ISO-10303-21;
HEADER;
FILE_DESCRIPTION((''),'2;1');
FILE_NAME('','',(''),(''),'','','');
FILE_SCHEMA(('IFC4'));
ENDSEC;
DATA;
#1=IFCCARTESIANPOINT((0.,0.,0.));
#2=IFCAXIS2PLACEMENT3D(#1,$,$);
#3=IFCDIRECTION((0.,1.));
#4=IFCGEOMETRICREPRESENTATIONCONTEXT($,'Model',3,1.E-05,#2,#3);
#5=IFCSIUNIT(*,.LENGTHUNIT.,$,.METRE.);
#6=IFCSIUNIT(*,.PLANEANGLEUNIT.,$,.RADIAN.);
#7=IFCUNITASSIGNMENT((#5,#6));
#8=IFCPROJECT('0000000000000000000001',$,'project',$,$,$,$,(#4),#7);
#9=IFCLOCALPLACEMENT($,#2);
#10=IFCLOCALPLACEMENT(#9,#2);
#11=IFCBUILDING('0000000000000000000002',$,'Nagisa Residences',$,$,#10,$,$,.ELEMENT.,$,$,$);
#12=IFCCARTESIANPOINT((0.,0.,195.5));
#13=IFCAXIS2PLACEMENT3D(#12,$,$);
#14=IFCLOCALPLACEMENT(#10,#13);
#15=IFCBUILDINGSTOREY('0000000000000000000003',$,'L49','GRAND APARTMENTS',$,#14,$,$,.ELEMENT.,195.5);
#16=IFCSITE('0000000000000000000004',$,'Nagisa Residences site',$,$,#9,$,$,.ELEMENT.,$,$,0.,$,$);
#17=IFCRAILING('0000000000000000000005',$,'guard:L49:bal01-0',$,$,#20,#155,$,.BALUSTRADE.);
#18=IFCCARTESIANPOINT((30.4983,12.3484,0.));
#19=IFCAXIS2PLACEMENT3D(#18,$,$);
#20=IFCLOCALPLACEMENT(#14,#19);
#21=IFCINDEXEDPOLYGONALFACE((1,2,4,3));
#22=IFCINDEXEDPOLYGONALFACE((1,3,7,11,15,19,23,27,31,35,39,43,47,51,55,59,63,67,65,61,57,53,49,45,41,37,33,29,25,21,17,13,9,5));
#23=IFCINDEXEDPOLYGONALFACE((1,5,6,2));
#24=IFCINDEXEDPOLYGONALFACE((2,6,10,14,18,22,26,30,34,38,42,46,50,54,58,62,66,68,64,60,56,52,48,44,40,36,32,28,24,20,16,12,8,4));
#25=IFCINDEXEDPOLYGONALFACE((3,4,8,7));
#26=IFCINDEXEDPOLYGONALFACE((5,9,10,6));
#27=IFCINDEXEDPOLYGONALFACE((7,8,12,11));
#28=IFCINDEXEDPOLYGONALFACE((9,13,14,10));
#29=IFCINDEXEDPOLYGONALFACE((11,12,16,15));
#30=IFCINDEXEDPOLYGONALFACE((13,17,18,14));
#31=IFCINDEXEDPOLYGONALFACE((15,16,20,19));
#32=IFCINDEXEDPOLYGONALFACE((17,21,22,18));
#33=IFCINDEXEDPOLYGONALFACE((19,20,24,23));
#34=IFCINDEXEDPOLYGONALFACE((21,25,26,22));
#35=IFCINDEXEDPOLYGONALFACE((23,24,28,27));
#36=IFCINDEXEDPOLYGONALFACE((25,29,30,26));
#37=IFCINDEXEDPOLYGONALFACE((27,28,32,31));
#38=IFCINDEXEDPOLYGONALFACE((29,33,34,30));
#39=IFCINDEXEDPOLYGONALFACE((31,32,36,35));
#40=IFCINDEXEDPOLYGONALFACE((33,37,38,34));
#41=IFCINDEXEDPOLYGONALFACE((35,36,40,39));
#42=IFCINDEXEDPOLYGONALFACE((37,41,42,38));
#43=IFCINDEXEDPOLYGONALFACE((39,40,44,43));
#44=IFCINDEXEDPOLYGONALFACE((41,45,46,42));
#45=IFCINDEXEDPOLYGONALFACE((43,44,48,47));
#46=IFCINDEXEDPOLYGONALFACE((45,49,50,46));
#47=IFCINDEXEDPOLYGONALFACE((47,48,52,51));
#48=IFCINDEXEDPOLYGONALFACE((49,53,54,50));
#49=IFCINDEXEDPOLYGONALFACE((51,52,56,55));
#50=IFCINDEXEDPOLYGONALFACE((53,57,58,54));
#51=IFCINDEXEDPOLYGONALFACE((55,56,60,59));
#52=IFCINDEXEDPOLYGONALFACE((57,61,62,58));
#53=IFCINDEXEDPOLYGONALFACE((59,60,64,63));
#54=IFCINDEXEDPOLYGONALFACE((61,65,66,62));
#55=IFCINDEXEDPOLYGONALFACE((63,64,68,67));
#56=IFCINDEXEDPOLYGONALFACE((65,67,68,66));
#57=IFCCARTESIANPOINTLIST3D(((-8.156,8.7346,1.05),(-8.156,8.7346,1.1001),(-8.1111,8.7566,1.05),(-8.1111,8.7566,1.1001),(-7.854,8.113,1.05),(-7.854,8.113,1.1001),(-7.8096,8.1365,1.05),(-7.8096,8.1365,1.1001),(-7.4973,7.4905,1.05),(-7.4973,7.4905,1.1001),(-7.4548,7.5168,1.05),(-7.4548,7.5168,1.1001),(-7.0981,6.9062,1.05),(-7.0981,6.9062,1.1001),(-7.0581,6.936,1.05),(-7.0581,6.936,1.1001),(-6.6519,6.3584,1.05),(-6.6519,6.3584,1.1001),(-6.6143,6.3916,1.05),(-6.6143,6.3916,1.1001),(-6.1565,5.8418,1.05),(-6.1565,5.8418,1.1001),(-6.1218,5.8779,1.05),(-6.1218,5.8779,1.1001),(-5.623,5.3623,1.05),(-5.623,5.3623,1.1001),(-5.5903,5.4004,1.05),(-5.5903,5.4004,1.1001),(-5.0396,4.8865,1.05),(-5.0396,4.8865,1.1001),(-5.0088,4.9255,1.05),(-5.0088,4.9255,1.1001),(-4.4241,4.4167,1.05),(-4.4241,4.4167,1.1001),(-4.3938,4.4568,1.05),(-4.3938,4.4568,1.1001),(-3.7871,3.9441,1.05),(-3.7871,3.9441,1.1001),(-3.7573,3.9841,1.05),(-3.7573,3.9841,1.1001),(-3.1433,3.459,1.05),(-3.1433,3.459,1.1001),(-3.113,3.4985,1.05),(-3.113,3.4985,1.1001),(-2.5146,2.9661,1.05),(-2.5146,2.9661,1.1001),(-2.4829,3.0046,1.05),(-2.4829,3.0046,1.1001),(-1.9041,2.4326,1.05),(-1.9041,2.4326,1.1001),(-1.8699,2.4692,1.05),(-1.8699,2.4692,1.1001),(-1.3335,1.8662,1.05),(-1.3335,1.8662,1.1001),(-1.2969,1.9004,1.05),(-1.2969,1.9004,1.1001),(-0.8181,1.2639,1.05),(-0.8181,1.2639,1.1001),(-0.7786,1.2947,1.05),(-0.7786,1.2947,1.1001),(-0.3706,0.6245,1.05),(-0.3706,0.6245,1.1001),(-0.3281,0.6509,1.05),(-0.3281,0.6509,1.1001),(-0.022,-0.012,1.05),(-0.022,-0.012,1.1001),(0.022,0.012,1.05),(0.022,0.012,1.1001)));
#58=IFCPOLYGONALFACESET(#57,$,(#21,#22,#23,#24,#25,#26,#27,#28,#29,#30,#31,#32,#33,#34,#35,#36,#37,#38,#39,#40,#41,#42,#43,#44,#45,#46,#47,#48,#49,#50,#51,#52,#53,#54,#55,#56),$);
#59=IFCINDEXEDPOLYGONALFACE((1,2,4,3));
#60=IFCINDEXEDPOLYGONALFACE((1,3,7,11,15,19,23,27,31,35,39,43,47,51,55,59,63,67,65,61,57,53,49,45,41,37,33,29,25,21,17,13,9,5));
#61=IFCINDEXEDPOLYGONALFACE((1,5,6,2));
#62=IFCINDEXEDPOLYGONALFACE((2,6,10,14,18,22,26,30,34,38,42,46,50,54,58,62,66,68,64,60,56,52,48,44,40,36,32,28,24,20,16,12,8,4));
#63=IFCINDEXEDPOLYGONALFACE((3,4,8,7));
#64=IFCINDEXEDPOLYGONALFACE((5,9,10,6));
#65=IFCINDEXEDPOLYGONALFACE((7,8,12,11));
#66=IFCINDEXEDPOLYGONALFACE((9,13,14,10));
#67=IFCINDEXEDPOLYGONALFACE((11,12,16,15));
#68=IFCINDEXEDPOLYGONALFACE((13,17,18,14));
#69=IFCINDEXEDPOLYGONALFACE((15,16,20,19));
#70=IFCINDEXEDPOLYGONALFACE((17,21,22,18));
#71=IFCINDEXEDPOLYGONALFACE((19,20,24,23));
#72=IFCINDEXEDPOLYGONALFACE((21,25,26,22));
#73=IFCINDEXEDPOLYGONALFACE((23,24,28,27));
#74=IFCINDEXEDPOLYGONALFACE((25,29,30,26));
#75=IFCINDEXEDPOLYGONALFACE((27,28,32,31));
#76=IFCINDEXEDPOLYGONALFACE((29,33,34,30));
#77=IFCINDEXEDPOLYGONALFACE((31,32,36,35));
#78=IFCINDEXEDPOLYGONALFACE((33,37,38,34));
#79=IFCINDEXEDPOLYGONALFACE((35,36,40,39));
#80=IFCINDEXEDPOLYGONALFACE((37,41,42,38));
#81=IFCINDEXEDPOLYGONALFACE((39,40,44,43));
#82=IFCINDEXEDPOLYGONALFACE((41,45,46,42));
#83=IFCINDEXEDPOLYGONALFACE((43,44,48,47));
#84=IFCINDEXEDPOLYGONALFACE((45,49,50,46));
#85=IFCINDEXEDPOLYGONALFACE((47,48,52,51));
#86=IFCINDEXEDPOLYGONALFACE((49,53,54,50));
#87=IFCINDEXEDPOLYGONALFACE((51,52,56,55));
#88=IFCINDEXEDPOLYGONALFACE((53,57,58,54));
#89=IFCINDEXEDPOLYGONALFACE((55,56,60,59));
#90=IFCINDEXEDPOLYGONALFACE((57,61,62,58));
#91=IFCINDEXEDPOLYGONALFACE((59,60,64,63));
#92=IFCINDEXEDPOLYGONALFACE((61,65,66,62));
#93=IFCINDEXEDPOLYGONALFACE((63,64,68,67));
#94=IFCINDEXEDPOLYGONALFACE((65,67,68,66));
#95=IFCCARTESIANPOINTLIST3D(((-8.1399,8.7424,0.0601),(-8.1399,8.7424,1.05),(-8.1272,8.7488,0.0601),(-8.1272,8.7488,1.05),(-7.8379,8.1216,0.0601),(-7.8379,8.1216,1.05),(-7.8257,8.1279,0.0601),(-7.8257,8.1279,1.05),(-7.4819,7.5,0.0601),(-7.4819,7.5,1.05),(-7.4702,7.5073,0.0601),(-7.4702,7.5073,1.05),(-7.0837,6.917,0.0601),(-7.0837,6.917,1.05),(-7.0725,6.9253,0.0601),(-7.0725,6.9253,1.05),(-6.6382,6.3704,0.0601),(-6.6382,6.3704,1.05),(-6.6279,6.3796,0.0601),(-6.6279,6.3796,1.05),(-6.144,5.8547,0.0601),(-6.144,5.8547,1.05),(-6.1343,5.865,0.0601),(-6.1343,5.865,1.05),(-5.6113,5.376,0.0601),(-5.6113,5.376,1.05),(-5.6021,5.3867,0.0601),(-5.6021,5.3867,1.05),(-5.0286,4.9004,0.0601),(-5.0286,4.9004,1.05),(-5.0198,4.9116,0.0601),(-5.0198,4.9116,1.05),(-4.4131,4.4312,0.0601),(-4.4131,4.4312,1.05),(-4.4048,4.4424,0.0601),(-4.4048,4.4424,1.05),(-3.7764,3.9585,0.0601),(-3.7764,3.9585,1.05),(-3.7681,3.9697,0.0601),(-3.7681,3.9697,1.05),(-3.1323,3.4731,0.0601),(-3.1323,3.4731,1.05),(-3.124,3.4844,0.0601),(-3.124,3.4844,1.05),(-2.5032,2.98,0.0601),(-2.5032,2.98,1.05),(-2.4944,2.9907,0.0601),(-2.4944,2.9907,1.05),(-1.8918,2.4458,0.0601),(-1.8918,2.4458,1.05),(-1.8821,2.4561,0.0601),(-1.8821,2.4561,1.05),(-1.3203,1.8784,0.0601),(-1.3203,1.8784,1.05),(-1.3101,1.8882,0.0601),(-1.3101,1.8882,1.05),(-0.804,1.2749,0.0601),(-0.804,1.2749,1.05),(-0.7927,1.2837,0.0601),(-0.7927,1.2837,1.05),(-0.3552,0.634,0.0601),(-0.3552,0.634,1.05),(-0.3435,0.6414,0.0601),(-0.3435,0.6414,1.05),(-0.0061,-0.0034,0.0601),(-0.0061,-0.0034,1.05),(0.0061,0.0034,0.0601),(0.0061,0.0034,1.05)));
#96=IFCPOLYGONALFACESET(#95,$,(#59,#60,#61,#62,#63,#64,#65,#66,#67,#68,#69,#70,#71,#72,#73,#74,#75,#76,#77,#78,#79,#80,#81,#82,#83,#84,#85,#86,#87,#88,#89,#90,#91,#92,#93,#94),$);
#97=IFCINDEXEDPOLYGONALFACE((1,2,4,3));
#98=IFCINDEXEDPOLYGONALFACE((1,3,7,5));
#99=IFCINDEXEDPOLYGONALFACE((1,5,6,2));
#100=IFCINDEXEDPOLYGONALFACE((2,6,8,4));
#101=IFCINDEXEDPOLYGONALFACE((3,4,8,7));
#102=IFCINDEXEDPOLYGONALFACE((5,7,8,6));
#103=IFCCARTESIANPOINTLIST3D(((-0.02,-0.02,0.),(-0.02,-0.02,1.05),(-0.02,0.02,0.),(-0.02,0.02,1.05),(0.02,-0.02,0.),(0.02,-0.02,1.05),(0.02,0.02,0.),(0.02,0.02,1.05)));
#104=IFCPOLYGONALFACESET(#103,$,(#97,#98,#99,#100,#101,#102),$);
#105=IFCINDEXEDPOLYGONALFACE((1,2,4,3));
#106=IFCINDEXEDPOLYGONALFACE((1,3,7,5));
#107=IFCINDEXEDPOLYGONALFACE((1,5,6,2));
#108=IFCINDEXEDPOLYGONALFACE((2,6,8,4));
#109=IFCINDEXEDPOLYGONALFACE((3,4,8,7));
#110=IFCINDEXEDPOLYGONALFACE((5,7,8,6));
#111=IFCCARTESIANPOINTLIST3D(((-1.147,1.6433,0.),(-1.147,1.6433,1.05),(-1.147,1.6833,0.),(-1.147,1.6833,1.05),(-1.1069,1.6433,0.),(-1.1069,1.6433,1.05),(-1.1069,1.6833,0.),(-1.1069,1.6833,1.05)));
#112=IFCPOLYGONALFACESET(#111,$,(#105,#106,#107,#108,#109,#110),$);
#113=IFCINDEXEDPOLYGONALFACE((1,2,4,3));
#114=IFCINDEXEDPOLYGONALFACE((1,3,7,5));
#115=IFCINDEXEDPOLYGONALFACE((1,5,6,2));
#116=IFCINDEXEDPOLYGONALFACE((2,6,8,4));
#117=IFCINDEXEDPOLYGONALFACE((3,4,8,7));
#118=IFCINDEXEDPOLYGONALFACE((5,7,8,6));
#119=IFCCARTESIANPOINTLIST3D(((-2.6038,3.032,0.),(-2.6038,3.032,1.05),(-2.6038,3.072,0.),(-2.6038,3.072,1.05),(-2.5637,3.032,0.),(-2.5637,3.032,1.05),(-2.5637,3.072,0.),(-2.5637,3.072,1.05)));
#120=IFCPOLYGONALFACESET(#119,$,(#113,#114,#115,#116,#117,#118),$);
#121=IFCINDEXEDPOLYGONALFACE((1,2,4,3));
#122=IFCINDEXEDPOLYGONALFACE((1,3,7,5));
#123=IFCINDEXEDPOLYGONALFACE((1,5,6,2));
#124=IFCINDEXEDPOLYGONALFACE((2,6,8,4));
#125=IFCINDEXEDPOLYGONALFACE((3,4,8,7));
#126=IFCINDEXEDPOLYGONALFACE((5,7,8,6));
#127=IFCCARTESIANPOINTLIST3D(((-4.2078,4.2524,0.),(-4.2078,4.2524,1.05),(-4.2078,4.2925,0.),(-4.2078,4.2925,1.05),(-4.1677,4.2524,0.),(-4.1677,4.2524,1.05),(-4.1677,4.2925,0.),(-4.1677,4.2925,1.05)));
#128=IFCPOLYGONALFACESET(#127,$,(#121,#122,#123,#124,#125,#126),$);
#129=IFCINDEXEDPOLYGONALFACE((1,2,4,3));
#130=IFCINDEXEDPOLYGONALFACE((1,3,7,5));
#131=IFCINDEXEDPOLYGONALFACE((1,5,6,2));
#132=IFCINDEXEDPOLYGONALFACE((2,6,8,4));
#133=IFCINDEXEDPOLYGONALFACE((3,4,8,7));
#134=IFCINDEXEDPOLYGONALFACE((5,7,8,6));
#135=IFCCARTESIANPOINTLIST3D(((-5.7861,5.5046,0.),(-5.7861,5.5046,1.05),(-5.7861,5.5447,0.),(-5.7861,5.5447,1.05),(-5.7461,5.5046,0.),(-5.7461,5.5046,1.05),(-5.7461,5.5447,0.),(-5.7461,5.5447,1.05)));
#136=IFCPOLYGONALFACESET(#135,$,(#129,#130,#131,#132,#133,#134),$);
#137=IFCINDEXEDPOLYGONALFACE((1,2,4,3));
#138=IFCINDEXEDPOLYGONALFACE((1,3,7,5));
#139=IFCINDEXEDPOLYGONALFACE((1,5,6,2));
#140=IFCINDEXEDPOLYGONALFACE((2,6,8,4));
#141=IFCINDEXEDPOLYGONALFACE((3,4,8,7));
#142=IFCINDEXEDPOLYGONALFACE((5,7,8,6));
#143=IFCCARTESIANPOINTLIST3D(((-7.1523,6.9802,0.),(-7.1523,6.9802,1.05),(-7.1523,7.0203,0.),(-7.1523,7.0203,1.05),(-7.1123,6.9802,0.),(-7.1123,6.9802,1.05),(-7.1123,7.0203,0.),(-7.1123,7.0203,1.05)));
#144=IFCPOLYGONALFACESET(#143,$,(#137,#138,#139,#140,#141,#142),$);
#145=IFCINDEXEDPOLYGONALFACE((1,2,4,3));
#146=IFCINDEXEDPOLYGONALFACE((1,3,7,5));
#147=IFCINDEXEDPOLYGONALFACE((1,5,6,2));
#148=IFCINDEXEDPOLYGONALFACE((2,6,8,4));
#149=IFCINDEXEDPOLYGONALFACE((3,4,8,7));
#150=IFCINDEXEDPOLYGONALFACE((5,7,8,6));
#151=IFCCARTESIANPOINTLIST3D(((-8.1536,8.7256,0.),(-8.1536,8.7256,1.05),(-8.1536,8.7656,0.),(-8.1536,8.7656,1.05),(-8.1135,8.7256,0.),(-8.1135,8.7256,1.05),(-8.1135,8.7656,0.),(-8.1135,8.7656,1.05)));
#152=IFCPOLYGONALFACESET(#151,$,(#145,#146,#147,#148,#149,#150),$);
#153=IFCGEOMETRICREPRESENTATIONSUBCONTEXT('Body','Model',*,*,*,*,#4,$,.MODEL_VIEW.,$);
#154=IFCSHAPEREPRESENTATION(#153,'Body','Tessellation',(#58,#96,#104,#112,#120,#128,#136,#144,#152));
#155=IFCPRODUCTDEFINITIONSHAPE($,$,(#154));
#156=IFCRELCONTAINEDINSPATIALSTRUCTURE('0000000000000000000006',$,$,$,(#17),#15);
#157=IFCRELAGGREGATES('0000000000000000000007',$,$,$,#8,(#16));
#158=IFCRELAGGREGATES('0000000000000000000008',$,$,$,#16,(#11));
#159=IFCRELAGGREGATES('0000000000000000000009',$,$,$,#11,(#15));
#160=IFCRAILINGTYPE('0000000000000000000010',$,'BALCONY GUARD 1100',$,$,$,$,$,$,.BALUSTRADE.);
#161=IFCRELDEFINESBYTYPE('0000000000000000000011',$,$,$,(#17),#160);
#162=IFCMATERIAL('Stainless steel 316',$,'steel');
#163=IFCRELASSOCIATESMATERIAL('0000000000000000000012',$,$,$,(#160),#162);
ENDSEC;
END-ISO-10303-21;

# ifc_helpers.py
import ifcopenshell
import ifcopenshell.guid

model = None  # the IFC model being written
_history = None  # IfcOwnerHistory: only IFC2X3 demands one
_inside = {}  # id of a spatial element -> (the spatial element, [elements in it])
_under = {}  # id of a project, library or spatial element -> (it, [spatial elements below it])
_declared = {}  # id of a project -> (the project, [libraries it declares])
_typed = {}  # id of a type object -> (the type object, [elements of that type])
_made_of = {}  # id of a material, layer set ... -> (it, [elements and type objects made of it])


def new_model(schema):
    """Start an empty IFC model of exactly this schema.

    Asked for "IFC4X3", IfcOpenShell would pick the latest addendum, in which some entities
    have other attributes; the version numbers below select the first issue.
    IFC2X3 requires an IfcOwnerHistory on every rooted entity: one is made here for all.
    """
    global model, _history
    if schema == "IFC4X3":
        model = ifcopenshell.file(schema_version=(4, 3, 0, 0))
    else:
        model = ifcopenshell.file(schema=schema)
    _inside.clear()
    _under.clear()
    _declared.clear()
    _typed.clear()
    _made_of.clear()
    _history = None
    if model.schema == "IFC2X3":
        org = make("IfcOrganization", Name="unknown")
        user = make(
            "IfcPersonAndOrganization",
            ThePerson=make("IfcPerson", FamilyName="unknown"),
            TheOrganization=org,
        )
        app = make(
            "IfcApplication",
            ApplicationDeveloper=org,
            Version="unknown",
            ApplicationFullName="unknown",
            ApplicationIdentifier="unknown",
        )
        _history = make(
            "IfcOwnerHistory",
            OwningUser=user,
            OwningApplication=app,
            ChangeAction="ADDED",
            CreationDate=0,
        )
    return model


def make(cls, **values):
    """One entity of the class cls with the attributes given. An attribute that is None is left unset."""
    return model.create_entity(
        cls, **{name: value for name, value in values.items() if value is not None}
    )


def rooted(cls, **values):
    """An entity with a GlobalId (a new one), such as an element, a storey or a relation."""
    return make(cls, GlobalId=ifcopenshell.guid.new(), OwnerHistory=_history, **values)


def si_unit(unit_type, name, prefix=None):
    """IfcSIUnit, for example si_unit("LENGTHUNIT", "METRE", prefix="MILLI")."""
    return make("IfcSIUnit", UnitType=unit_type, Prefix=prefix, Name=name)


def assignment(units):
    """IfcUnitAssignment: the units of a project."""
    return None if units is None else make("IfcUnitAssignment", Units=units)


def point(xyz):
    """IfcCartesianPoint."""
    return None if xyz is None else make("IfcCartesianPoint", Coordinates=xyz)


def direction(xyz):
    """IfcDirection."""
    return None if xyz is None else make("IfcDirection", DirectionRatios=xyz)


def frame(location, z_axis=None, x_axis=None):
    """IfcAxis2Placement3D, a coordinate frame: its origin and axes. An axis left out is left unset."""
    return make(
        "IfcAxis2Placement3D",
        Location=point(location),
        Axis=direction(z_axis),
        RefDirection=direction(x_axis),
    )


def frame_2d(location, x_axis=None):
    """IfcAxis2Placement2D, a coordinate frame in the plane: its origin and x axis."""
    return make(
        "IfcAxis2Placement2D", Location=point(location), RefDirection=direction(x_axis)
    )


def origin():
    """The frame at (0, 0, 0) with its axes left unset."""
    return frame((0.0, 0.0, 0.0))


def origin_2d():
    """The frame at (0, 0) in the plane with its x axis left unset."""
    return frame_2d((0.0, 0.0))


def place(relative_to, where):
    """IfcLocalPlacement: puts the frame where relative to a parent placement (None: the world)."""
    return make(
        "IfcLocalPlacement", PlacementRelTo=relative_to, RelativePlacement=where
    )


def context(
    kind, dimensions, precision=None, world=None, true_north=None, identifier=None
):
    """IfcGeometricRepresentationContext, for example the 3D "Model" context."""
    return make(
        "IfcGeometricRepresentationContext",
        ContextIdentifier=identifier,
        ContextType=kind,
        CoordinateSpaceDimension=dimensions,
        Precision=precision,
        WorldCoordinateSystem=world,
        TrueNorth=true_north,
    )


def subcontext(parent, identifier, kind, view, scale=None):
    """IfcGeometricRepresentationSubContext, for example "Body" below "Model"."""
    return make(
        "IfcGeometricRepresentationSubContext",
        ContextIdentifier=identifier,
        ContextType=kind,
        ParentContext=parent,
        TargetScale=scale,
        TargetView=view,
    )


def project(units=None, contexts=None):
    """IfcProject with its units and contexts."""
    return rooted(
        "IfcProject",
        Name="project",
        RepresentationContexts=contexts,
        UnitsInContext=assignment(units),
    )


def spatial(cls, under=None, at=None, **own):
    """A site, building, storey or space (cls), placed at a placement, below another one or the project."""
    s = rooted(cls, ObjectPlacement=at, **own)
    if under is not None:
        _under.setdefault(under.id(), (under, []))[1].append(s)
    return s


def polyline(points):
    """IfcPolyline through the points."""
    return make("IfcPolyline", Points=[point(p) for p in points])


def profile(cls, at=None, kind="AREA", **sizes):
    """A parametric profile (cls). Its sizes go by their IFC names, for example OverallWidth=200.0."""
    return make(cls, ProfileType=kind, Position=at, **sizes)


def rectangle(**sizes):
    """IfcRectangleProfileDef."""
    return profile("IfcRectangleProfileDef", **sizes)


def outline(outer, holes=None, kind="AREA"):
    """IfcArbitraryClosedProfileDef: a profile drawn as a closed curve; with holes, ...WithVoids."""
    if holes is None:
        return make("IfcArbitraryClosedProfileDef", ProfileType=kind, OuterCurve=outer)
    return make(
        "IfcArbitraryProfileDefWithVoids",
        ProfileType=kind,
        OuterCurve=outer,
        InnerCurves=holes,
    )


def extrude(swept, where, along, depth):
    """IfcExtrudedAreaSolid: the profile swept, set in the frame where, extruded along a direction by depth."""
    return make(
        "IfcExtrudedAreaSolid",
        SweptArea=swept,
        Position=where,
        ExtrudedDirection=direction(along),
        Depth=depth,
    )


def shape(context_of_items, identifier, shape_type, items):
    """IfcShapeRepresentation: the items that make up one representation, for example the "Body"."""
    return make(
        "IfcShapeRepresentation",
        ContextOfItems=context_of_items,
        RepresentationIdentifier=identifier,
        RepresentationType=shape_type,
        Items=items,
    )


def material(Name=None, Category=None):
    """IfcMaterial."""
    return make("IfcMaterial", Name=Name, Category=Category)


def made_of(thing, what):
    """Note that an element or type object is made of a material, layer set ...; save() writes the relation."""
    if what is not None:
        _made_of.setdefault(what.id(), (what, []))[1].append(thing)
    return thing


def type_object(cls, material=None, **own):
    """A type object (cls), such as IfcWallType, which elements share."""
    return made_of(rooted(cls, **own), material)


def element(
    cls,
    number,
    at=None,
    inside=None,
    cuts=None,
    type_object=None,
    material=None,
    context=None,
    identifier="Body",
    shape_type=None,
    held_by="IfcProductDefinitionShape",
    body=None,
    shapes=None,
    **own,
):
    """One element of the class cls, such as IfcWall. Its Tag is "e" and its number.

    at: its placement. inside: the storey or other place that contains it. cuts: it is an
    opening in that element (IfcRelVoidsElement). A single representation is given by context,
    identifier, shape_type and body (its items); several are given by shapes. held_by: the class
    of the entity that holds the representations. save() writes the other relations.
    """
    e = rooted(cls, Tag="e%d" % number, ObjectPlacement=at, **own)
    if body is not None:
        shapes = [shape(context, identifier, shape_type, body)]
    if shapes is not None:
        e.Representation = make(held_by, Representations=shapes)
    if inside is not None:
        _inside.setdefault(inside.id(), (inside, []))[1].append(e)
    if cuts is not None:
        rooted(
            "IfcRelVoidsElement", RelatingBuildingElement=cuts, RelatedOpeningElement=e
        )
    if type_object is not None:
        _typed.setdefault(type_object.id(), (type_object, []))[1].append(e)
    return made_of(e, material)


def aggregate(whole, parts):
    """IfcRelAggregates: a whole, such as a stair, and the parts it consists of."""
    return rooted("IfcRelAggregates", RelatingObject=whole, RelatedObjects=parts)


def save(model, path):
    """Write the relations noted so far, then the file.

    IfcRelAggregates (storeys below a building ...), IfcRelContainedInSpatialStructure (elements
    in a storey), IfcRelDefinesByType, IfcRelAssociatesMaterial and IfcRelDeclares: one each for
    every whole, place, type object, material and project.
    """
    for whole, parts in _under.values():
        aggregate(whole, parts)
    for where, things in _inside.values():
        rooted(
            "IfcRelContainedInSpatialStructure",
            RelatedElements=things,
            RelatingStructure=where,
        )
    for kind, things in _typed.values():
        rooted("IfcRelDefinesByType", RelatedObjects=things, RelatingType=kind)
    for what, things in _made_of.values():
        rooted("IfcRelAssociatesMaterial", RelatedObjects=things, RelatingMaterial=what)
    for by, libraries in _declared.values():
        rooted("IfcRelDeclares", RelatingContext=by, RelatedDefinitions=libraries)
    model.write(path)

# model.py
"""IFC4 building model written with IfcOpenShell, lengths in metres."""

from ifc_helpers import new_model, si_unit, direction, frame, origin, origin_2d, place, context, subcontext, project, spatial, polyline, rectangle, outline, extrude, material, type_object, element, save


model = new_model("IFC4")

# Units and contexts
model_context = context("Model", 3, precision=1e-05, world=origin(), true_north=direction((0.0, 1.0)))
body_context = subcontext(model_context, "Body", "Model", "MODEL_VIEW")
ifc_project = project(units=[si_unit("LENGTHUNIT", "METRE"), si_unit("PLANEANGLEUNIT", "RADIAN")], contexts=[model_context])

# Site, building, storey
site_placement = place(None, origin())
site = spatial("IfcSite", under=ifc_project, at=site_placement, Name="Nagisa Residences site", CompositionType="ELEMENT", RefElevation=0.0)
building_placement = place(site_placement, origin())
building = spatial("IfcBuilding", under=site, at=building_placement, Name="Nagisa Residences", CompositionType="ELEMENT")
storey_placement = place(building_placement, frame((0.0, 0.0, 195.5)))
storey = spatial("IfcBuildingStorey", under=building, at=storey_placement, Name="L49", Description="GRAND APARTMENTS", CompositionType="ELEMENT", Elevation=195.5)

# Railing
ifc_material_1 = material(Name="Stainless steel 316", Category="steel")
railing_type = type_object("IfcRailingType", Name="BALCONY GUARD 1100", PredefinedType="BALUSTRADE", material=ifc_material_1)
railing_1_placement = place(storey_placement, frame((30.4983, 12.3484, 0.0)))
element("IfcRailing", 1, at=railing_1_placement, inside=storey, type_object=railing_type, Name="guard:L49:bal01-0", PredefinedType="BALUSTRADE", context=body_context, shape_type="SweptSolid", body=[
    extrude(outline(polyline([(-0.3706, 0.6245), (-0.022, -0.012), (0.022, 0.012), (-0.3281, 0.6509), (-0.7786, 1.2947), (-1.2969, 1.9004), (-1.8699, 2.4692), (-2.4829, 3.0046), (-3.113, 3.4985), (-3.7573, 3.9841), (-4.3938, 4.4568), (-5.0088, 4.9255), (-5.5903, 5.4004), (-6.1218, 5.8779), (-6.6143, 6.3916), (-7.0581, 6.936), (-7.4548, 7.5168), (-7.8096, 8.1365), (-8.1111, 8.7566), (-8.156, 8.7346), (-7.854, 8.113), (-7.4973, 7.4905), (-7.0981, 6.9062), (-6.6519, 6.3584), (-6.1565, 5.8418), (-5.623, 5.3623), (-5.0396, 4.8865), (-4.4241, 4.4167), (-3.7871, 3.9441), (-3.1433, 3.459), (-2.5146, 2.9661), (-1.9041, 2.4326), (-1.3335, 1.8662), (-0.8181, 1.2639), (-0.3706, 0.6245)])), frame((0.0, 0.0, 1.05)), (0.0, 0.0, 1.0), 0.05),
    extrude(outline(polyline([(-0.3552, 0.634), (-0.0061, -0.0034), (0.0061, 0.0034), (-0.3435, 0.6414), (-0.7927, 1.2837), (-1.3101, 1.8882), (-1.8821, 2.4561), (-2.4944, 2.9907), (-3.124, 3.4844), (-3.7681, 3.9697), (-4.4048, 4.4424), (-5.0198, 4.9116), (-5.6021, 5.3867), (-6.1343, 5.865), (-6.6279, 6.3796), (-7.0725, 6.9253), (-7.4702, 7.5073), (-7.8257, 8.1279), (-8.1272, 8.7488), (-8.1399, 8.7424), (-7.8379, 8.1216), (-7.4819, 7.5), (-7.0837, 6.917), (-6.6382, 6.3704), (-6.144, 5.8547), (-5.6113, 5.376), (-5.0286, 4.9004), (-4.4131, 4.4312), (-3.7764, 3.9585), (-3.1323, 3.4731), (-2.5032, 2.98), (-1.8918, 2.4458), (-1.3203, 1.8784), (-0.804, 1.2749), (-0.3552, 0.634)])), frame((0.0, 0.0, 0.0601)), (0.0, 0.0, 1.0), 0.99),
    extrude(rectangle(XDim=0.04, YDim=0.04, at=origin_2d()), origin(), (0.0, 0.0, 1.0), 1.05),
    extrude(rectangle(XDim=0.04, YDim=0.04, at=origin_2d()), frame((-1.127, 1.6633, 0.0)), (0.0, 0.0, 1.0), 1.05),
    extrude(rectangle(XDim=0.04, YDim=0.04, at=origin_2d()), frame((-2.5837, 3.052, 0.0)), (0.0, 0.0, 1.0), 1.05),
    extrude(rectangle(XDim=0.04, YDim=0.04, at=origin_2d()), frame((-4.1877, 4.2725, 0.0)), (0.0, 0.0, 1.0), 1.05),
    extrude(rectangle(XDim=0.04, YDim=0.04, at=origin_2d()), frame((-5.7661, 5.5247, 0.0)), (0.0, 0.0, 1.0), 1.05),
    extrude(rectangle(XDim=0.04, YDim=0.04, at=origin_2d()), frame((-7.1323, 7.0002, 0.0)), (0.0, 0.0, 1.0), 1.05),
    extrude(rectangle(XDim=0.04, YDim=0.04, at=origin_2d()), frame((-8.1335, 8.7456, 0.0)), (0.0, 0.0, 1.0), 1.05),
])

save(model, "model.ifc")
